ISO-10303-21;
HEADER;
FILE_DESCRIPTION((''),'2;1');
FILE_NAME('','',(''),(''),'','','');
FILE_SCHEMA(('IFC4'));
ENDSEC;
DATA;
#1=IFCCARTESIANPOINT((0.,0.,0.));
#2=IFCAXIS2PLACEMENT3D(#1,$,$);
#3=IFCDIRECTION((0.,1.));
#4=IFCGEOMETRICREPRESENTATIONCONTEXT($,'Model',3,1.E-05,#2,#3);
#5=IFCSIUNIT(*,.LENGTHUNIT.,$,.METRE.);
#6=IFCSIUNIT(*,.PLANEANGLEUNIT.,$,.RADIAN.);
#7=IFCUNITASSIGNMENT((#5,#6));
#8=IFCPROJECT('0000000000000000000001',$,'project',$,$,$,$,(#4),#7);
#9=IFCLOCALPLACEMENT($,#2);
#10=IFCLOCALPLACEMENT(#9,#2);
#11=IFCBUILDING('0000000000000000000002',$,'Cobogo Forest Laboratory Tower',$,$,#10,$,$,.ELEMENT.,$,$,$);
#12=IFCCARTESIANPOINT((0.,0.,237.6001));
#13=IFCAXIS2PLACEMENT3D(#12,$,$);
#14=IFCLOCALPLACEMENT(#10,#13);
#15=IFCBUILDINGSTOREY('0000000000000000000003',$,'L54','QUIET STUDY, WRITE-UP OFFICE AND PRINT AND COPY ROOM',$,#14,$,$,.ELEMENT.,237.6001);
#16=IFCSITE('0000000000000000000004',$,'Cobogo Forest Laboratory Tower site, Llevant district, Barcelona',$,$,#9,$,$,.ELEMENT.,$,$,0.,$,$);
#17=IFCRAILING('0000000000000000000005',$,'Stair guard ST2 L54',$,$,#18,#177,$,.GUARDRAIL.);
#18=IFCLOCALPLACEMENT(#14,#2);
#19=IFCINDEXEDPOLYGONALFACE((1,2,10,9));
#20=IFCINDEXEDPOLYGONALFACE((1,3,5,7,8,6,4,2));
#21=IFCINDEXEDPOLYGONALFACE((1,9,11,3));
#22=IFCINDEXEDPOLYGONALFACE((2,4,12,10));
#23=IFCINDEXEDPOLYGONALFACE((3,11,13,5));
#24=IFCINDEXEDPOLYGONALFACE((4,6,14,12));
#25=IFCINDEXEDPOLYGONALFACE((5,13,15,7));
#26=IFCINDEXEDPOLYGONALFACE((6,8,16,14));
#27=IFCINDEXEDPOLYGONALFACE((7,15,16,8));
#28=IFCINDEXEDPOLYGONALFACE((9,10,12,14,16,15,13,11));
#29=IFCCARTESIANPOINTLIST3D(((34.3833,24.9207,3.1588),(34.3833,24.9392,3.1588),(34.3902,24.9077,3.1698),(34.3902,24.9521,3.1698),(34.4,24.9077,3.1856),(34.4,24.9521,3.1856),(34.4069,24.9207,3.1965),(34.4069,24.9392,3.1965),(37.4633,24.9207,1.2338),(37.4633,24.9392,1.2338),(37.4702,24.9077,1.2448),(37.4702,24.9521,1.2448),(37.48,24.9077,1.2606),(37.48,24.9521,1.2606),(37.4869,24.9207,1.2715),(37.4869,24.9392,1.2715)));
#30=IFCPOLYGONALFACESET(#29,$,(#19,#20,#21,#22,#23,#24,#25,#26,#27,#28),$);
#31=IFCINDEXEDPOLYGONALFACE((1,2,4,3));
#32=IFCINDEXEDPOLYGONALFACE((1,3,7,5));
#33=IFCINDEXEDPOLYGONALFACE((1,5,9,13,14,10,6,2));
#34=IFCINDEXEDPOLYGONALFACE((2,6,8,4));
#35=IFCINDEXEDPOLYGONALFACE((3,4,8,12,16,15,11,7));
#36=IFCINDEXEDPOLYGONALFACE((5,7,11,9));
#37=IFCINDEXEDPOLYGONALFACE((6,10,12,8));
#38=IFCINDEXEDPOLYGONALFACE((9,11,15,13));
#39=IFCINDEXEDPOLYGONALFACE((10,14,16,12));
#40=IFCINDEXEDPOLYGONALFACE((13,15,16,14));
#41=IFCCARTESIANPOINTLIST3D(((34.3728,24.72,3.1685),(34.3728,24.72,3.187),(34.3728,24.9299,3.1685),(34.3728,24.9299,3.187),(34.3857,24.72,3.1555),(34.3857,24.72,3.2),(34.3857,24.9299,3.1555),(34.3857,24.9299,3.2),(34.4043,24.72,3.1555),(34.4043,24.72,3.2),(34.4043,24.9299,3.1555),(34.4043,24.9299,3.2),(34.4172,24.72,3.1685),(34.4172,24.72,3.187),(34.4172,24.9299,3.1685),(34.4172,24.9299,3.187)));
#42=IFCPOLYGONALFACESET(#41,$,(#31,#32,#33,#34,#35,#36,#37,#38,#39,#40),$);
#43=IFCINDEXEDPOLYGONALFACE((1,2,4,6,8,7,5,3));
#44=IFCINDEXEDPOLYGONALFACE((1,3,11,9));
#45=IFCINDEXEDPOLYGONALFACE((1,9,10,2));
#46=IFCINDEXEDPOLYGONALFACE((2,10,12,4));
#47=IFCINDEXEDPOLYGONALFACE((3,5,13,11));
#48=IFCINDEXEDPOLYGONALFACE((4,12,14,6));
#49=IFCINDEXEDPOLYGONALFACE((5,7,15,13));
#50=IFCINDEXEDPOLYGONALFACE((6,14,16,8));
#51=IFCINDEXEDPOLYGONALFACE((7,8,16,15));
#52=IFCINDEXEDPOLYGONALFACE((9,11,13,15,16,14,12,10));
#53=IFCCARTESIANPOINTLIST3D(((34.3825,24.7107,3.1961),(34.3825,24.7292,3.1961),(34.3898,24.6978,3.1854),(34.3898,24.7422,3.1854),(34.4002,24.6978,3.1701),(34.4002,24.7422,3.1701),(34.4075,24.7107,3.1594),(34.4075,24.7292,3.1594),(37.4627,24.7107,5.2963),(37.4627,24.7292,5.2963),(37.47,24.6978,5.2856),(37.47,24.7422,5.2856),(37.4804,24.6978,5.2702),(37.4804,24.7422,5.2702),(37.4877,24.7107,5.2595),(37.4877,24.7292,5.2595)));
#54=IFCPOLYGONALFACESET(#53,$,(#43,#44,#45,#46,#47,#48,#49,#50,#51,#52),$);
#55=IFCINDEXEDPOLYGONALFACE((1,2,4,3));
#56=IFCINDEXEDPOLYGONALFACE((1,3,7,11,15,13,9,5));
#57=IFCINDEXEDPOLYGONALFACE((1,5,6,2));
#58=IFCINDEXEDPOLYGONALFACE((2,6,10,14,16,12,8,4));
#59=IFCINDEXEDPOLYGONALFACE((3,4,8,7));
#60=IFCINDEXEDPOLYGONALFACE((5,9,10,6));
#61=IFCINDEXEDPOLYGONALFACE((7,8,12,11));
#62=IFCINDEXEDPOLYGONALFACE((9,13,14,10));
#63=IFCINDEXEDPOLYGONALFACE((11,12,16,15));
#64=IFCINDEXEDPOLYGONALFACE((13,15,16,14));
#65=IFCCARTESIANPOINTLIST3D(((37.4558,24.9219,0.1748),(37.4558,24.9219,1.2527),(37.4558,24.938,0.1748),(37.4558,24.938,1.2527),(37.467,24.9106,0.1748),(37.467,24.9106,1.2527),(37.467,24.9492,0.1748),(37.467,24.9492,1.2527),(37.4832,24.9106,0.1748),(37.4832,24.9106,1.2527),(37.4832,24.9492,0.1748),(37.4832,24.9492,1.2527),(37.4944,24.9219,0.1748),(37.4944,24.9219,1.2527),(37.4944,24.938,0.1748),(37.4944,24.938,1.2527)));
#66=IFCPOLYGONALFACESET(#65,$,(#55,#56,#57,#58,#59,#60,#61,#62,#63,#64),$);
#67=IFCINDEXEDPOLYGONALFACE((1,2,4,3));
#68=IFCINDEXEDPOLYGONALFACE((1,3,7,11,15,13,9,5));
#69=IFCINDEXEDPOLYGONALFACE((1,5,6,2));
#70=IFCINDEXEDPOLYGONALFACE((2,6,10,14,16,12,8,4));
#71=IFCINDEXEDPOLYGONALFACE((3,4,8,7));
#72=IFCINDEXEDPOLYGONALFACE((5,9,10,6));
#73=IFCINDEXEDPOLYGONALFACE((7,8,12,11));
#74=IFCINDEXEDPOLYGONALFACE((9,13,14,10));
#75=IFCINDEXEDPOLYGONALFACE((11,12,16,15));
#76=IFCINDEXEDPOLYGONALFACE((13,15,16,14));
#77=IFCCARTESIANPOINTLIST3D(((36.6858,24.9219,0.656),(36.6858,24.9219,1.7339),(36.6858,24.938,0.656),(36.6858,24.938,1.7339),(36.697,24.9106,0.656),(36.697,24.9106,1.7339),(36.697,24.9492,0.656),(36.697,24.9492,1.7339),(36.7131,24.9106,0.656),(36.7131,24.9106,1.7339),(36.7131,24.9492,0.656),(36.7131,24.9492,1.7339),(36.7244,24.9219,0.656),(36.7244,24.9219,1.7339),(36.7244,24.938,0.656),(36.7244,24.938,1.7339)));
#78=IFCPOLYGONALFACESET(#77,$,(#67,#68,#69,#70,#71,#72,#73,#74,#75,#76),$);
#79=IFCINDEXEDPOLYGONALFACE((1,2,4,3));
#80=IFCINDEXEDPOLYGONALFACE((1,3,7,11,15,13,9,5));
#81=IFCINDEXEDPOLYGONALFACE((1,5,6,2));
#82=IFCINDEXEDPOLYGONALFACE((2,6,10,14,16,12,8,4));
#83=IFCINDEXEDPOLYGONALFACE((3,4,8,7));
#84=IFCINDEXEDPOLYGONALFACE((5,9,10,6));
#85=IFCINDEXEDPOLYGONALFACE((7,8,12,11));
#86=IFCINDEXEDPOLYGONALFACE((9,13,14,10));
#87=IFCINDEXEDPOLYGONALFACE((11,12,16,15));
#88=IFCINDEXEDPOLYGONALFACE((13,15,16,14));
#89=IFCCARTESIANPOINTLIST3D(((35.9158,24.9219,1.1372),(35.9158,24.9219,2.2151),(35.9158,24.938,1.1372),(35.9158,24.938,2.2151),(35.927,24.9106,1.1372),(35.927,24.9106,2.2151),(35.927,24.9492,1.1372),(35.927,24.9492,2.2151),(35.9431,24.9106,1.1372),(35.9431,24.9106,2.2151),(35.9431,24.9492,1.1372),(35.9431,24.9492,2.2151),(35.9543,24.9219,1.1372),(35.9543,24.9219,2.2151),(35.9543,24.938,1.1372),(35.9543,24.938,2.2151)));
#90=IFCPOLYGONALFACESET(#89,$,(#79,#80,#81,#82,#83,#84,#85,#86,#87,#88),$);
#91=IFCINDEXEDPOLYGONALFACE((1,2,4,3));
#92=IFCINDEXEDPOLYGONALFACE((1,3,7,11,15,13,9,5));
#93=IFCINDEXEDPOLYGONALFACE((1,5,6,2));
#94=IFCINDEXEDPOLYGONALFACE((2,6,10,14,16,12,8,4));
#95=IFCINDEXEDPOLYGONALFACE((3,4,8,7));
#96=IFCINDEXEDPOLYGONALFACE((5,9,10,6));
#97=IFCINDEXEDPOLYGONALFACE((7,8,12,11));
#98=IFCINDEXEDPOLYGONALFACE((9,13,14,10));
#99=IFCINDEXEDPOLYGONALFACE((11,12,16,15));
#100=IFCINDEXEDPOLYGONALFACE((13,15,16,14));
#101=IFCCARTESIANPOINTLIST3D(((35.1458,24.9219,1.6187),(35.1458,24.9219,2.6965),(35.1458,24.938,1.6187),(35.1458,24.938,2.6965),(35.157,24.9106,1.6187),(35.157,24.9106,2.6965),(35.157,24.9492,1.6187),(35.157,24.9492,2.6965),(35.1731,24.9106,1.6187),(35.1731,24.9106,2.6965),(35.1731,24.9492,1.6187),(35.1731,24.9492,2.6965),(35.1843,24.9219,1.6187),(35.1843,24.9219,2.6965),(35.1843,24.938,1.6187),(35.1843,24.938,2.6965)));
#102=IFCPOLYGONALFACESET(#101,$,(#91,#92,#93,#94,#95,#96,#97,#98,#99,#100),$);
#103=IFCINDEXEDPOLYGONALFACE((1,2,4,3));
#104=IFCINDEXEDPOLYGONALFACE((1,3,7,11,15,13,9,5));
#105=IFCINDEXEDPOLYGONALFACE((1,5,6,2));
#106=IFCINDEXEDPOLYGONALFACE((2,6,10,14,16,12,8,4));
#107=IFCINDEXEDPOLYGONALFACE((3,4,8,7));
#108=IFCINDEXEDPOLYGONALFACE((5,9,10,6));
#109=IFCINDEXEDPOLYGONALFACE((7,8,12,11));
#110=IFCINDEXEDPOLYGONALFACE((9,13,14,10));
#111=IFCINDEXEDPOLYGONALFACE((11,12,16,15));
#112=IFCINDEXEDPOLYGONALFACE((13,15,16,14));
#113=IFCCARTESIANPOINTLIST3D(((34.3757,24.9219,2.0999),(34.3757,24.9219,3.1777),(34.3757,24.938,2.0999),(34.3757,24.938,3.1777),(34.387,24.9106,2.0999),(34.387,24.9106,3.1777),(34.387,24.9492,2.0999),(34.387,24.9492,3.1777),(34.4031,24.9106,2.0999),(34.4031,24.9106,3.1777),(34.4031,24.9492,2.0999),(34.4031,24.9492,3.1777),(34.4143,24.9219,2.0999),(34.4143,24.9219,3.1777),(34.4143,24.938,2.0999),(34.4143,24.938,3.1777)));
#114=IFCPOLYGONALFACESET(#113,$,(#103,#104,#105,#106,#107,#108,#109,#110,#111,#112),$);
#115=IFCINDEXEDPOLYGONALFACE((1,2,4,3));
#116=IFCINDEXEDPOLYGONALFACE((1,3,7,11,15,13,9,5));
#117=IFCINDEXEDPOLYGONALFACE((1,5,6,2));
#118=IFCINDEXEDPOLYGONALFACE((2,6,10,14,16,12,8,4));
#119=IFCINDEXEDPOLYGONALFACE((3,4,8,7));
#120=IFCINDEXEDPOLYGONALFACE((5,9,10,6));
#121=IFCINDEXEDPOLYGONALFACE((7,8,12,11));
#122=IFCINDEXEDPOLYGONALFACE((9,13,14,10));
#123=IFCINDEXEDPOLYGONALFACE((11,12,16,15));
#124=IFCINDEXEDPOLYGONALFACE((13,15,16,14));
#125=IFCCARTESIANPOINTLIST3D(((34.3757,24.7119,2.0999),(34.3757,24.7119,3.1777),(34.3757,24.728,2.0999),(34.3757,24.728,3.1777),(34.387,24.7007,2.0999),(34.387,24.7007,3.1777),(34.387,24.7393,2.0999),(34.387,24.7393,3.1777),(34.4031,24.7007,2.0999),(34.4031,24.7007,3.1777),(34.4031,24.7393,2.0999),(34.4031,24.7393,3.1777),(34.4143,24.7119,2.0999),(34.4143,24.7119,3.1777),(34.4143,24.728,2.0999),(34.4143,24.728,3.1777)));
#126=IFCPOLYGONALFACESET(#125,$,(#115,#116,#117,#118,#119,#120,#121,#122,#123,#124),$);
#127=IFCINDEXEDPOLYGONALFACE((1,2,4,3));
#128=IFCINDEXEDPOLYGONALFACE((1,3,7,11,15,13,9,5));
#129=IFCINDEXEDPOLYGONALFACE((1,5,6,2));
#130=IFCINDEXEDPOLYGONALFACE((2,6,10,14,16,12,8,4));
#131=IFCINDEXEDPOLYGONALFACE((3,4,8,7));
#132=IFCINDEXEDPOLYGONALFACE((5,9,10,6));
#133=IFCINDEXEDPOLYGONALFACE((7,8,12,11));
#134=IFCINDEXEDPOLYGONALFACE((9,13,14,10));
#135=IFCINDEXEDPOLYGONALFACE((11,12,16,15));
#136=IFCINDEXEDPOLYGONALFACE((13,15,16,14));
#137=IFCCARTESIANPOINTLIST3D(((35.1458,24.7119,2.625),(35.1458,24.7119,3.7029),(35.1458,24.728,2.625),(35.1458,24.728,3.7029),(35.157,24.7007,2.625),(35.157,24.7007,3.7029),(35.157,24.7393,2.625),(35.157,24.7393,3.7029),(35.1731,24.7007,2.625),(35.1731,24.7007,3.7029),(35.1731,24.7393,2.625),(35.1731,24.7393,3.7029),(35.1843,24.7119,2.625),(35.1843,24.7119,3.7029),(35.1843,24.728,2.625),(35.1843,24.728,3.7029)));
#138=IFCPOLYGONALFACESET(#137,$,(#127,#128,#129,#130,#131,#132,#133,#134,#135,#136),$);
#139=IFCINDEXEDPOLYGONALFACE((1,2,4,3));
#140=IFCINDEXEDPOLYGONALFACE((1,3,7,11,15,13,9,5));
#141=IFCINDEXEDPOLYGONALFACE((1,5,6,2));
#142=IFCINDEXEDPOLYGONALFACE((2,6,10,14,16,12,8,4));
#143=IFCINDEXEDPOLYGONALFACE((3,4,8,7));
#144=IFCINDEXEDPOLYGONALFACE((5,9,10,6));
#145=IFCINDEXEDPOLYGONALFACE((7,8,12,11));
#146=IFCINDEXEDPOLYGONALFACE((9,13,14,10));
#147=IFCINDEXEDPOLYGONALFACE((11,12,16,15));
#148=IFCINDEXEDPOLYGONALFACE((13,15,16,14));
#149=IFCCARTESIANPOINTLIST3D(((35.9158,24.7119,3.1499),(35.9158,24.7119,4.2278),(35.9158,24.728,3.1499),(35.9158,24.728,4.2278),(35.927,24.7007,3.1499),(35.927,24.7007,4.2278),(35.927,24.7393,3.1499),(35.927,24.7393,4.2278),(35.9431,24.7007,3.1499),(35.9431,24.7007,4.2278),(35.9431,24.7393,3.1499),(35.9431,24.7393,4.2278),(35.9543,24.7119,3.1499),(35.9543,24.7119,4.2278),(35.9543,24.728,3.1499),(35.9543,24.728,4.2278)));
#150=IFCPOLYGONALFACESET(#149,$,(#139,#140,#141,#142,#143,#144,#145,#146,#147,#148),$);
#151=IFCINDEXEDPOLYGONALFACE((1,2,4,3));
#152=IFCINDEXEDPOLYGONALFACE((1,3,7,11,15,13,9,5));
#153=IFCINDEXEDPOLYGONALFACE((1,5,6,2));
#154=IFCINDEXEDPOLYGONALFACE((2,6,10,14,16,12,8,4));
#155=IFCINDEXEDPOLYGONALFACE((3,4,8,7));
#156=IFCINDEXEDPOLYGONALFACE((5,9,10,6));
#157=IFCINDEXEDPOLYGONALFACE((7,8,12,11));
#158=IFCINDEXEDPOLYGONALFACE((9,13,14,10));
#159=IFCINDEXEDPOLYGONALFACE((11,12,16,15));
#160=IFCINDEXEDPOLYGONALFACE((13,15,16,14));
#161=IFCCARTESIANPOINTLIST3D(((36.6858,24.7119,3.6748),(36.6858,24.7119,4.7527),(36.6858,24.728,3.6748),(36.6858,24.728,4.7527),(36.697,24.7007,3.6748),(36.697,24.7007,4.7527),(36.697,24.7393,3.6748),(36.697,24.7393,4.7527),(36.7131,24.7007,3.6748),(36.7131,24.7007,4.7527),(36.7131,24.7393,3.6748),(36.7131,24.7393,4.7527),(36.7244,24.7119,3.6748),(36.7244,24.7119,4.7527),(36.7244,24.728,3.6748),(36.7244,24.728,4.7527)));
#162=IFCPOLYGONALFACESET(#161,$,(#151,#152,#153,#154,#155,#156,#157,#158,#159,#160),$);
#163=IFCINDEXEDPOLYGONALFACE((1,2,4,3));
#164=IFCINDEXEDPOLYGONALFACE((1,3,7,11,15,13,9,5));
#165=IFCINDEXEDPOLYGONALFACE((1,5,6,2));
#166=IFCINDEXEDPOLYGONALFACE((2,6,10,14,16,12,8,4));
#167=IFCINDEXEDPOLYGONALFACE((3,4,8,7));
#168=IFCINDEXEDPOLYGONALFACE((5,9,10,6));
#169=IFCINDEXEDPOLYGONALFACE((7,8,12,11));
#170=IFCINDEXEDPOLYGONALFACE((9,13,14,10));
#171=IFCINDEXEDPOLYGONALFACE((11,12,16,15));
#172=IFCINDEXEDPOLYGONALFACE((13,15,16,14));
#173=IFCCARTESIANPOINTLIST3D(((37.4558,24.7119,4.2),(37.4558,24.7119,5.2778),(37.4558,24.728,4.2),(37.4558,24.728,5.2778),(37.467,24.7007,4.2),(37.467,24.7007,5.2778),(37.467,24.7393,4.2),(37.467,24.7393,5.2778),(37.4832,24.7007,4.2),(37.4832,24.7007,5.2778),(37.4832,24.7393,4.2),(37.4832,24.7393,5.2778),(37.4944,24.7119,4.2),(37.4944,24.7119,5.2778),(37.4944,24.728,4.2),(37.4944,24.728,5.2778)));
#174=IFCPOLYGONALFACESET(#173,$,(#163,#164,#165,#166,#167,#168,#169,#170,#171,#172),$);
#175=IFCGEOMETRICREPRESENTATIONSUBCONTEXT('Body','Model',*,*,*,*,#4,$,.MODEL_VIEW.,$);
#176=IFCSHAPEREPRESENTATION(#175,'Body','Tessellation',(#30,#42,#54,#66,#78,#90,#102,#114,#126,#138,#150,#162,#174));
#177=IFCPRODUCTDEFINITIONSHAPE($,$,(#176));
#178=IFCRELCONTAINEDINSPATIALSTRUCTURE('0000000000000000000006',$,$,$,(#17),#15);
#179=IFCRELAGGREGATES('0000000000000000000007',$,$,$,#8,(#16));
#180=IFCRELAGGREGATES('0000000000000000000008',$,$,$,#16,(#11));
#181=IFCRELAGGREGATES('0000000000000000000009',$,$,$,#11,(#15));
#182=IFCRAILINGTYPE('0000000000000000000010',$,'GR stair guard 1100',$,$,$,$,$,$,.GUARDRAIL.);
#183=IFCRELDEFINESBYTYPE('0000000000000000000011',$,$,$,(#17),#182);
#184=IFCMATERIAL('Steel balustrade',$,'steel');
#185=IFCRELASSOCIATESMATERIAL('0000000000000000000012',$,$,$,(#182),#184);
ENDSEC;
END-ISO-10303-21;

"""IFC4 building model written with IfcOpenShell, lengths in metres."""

from ifc_helpers import new_model, si_unit, direction, frame, origin, place, context, subcontext, project, spatial, polyline, outline, extrude, material, type_object, element, save


model = new_model("IFC4")

# Units and contexts
model_context = context("Model", 3, precision=1e-05, world=origin(), true_north=direction((0.0, 1.0)))
body_context = subcontext(model_context, "Body", "Model", "MODEL_VIEW")
ifc_project = project(units=[si_unit("LENGTHUNIT", "METRE"), si_unit("PLANEANGLEUNIT", "RADIAN")], contexts=[model_context])

# Site, building, storey
site_placement = place(None, origin())
site = spatial("IfcSite", under=ifc_project, at=site_placement, Name="Cobogo Forest Laboratory Tower site, Llevant district, Barcelona", CompositionType="ELEMENT", RefElevation=0.0)
building_placement = place(site_placement, origin())
building = spatial("IfcBuilding", under=site, at=building_placement, Name="Cobogo Forest Laboratory Tower", CompositionType="ELEMENT")
storey_placement = place(building_placement, frame((0.0, 0.0, 237.6001)))
storey = spatial("IfcBuildingStorey", under=building, at=storey_placement, Name="L54", Description="QUIET STUDY, WRITE-UP OFFICE AND PRINT AND COPY ROOM", CompositionType="ELEMENT", Elevation=237.6001)

# Railing
ifc_material_1 = material(Name="Steel balustrade", Category="steel")
railing_type_1 = type_object("IfcRailingType", Name="GR stair guard 1100", PredefinedType="GUARDRAIL", material=ifc_material_1)
railing_1_placement = place(storey_placement, frame((37.4751, 24.9299, 0.1748)))
element("IfcRailing", 1, at=railing_1_placement, inside=storey, type_object=railing_type_1, Name="Stair guard ST2 L54", PredefinedType="GUARDRAIL", context=body_context, shape_type="SweptSolid", body=[
    extrude(outline(polyline([(0.0222, 0.0093), (0.0093, 0.0222), (-0.0093, 0.0222), (-0.0222, 0.0093), (-0.0222, -0.0093), (-0.0093, -0.0222), (0.0093, -0.0222), (0.0222, -0.0093), (0.0222, 0.0093)])), frame((0.0, 0.0, 1.0779), z_axis=(-0.847998, 0.0, 0.529999), x_axis=(0.0, -1.0, 0.0)), (0.0, 0.0, 1.0), 3.6321),
    extrude(outline(polyline([(0.0222, 0.0093), (0.0093, 0.0222), (-0.0093, 0.0222), (-0.0222, 0.0093), (-0.0222, -0.0093), (-0.0093, -0.0222), (0.0093, -0.0222), (0.0222, -0.0093), (0.0222, 0.0093)])), frame((-3.0801, 0.0, 3.0029), z_axis=(0.0, -1.0, 0.0), x_axis=(1.0, 0.0, 0.0)), (0.0, 0.0, 1.0), 0.21),
    extrude(outline(polyline([(0.0222, 0.0093), (0.0093, 0.0222), (-0.0093, 0.0222), (-0.0222, 0.0093), (-0.0222, -0.0093), (-0.0093, -0.0222), (0.0093, -0.0222), (0.0222, -0.0093), (0.0222, 0.0093)])), frame((-3.0801, -0.21, 3.0029), z_axis=(0.826222, 0.0, 0.563345), x_axis=(0.0, 1.0, 0.0)), (0.0, 0.0, 1.0), 3.728),
    extrude(outline(polyline([(0.0193, 0.0081), (0.0081, 0.0193), (-0.0081, 0.0193), (-0.0193, 0.0081), (-0.0193, -0.0081), (-0.0081, -0.0193), (0.0081, -0.0193), (0.0193, -0.0081), (0.0193, 0.0081)])), origin(), (0.0, 0.0, 1.0), 1.0779),
    extrude(outline(polyline([(0.0193, 0.0081), (0.0081, 0.0193), (-0.0081, 0.0193), (-0.0193, 0.0081), (-0.0193, -0.0081), (-0.0081, -0.0193), (0.0081, -0.0193), (0.0193, -0.0081), (0.0193, 0.0081)])), frame((-0.77, 0.0, 0.4812)), (0.0, 0.0, 1.0), 1.0779),
    extrude(outline(polyline([(0.0193, 0.0081), (0.0081, 0.0193), (-0.0081, 0.0193), (-0.0193, 0.0081), (-0.0193, -0.0081), (-0.0081, -0.0193), (0.0081, -0.0193), (0.0193, -0.0081), (0.0193, 0.0081)])), frame((-1.54, 0.0, 0.9624)), (0.0, 0.0, 1.0), 1.0779),
    extrude(outline(polyline([(0.0193, 0.0081), (0.0081, 0.0193), (-0.0081, 0.0193), (-0.0193, 0.0081), (-0.0193, -0.0081), (-0.0081, -0.0193), (0.0081, -0.0193), (0.0193, -0.0081), (0.0193, 0.0081)])), frame((-2.3101, 0.0, 1.4438)), (0.0, 0.0, 1.0), 1.0779),
    extrude(outline(polyline([(0.0193, 0.0081), (0.0081, 0.0193), (-0.0081, 0.0193), (-0.0193, 0.0081), (-0.0193, -0.0081), (-0.0081, -0.0193), (0.0081, -0.0193), (0.0193, -0.0081), (0.0193, 0.0081)])), frame((-3.0801, 0.0, 1.925)), (0.0, 0.0, 1.0), 1.0779),
    extrude(outline(polyline([(0.0193, 0.0081), (0.0081, 0.0193), (-0.0081, 0.0193), (-0.0193, 0.0081), (-0.0193, -0.0081), (-0.0081, -0.0193), (0.0081, -0.0193), (0.0193, -0.0081), (0.0193, 0.0081)])), frame((-3.0801, -0.21, 1.925)), (0.0, 0.0, 1.0), 1.0779),
    extrude(outline(polyline([(0.0193, 0.0081), (0.0081, 0.0193), (-0.0081, 0.0193), (-0.0193, 0.0081), (-0.0193, -0.0081), (-0.0081, -0.0193), (0.0081, -0.0193), (0.0193, -0.0081), (0.0193, 0.0081)])), frame((-2.3101, -0.21, 2.4502)), (0.0, 0.0, 1.0), 1.0779),
    extrude(outline(polyline([(0.0193, 0.0081), (0.0081, 0.0193), (-0.0081, 0.0193), (-0.0193, 0.0081), (-0.0193, -0.0081), (-0.0081, -0.0193), (0.0081, -0.0193), (0.0193, -0.0081), (0.0193, 0.0081)])), frame((-1.54, -0.21, 2.9751)), (0.0, 0.0, 1.0), 1.0779),
    extrude(outline(polyline([(0.0193, 0.0081), (0.0081, 0.0193), (-0.0081, 0.0193), (-0.0193, 0.0081), (-0.0193, -0.0081), (-0.0081, -0.0193), (0.0081, -0.0193), (0.0193, -0.0081), (0.0193, 0.0081)])), frame((-0.77, -0.21, 3.5)), (0.0, 0.0, 1.0), 1.0779),
    extrude(outline(polyline([(0.0193, 0.0081), (0.0081, 0.0193), (-0.0081, 0.0193), (-0.0193, 0.0081), (-0.0193, -0.0081), (-0.0081, -0.0193), (0.0081, -0.0193), (0.0193, -0.0081), (0.0193, 0.0081)])), frame((0.0, -0.21, 4.0251)), (0.0, 0.0, 1.0), 1.0779),
])

save(model, "model.ifc")
